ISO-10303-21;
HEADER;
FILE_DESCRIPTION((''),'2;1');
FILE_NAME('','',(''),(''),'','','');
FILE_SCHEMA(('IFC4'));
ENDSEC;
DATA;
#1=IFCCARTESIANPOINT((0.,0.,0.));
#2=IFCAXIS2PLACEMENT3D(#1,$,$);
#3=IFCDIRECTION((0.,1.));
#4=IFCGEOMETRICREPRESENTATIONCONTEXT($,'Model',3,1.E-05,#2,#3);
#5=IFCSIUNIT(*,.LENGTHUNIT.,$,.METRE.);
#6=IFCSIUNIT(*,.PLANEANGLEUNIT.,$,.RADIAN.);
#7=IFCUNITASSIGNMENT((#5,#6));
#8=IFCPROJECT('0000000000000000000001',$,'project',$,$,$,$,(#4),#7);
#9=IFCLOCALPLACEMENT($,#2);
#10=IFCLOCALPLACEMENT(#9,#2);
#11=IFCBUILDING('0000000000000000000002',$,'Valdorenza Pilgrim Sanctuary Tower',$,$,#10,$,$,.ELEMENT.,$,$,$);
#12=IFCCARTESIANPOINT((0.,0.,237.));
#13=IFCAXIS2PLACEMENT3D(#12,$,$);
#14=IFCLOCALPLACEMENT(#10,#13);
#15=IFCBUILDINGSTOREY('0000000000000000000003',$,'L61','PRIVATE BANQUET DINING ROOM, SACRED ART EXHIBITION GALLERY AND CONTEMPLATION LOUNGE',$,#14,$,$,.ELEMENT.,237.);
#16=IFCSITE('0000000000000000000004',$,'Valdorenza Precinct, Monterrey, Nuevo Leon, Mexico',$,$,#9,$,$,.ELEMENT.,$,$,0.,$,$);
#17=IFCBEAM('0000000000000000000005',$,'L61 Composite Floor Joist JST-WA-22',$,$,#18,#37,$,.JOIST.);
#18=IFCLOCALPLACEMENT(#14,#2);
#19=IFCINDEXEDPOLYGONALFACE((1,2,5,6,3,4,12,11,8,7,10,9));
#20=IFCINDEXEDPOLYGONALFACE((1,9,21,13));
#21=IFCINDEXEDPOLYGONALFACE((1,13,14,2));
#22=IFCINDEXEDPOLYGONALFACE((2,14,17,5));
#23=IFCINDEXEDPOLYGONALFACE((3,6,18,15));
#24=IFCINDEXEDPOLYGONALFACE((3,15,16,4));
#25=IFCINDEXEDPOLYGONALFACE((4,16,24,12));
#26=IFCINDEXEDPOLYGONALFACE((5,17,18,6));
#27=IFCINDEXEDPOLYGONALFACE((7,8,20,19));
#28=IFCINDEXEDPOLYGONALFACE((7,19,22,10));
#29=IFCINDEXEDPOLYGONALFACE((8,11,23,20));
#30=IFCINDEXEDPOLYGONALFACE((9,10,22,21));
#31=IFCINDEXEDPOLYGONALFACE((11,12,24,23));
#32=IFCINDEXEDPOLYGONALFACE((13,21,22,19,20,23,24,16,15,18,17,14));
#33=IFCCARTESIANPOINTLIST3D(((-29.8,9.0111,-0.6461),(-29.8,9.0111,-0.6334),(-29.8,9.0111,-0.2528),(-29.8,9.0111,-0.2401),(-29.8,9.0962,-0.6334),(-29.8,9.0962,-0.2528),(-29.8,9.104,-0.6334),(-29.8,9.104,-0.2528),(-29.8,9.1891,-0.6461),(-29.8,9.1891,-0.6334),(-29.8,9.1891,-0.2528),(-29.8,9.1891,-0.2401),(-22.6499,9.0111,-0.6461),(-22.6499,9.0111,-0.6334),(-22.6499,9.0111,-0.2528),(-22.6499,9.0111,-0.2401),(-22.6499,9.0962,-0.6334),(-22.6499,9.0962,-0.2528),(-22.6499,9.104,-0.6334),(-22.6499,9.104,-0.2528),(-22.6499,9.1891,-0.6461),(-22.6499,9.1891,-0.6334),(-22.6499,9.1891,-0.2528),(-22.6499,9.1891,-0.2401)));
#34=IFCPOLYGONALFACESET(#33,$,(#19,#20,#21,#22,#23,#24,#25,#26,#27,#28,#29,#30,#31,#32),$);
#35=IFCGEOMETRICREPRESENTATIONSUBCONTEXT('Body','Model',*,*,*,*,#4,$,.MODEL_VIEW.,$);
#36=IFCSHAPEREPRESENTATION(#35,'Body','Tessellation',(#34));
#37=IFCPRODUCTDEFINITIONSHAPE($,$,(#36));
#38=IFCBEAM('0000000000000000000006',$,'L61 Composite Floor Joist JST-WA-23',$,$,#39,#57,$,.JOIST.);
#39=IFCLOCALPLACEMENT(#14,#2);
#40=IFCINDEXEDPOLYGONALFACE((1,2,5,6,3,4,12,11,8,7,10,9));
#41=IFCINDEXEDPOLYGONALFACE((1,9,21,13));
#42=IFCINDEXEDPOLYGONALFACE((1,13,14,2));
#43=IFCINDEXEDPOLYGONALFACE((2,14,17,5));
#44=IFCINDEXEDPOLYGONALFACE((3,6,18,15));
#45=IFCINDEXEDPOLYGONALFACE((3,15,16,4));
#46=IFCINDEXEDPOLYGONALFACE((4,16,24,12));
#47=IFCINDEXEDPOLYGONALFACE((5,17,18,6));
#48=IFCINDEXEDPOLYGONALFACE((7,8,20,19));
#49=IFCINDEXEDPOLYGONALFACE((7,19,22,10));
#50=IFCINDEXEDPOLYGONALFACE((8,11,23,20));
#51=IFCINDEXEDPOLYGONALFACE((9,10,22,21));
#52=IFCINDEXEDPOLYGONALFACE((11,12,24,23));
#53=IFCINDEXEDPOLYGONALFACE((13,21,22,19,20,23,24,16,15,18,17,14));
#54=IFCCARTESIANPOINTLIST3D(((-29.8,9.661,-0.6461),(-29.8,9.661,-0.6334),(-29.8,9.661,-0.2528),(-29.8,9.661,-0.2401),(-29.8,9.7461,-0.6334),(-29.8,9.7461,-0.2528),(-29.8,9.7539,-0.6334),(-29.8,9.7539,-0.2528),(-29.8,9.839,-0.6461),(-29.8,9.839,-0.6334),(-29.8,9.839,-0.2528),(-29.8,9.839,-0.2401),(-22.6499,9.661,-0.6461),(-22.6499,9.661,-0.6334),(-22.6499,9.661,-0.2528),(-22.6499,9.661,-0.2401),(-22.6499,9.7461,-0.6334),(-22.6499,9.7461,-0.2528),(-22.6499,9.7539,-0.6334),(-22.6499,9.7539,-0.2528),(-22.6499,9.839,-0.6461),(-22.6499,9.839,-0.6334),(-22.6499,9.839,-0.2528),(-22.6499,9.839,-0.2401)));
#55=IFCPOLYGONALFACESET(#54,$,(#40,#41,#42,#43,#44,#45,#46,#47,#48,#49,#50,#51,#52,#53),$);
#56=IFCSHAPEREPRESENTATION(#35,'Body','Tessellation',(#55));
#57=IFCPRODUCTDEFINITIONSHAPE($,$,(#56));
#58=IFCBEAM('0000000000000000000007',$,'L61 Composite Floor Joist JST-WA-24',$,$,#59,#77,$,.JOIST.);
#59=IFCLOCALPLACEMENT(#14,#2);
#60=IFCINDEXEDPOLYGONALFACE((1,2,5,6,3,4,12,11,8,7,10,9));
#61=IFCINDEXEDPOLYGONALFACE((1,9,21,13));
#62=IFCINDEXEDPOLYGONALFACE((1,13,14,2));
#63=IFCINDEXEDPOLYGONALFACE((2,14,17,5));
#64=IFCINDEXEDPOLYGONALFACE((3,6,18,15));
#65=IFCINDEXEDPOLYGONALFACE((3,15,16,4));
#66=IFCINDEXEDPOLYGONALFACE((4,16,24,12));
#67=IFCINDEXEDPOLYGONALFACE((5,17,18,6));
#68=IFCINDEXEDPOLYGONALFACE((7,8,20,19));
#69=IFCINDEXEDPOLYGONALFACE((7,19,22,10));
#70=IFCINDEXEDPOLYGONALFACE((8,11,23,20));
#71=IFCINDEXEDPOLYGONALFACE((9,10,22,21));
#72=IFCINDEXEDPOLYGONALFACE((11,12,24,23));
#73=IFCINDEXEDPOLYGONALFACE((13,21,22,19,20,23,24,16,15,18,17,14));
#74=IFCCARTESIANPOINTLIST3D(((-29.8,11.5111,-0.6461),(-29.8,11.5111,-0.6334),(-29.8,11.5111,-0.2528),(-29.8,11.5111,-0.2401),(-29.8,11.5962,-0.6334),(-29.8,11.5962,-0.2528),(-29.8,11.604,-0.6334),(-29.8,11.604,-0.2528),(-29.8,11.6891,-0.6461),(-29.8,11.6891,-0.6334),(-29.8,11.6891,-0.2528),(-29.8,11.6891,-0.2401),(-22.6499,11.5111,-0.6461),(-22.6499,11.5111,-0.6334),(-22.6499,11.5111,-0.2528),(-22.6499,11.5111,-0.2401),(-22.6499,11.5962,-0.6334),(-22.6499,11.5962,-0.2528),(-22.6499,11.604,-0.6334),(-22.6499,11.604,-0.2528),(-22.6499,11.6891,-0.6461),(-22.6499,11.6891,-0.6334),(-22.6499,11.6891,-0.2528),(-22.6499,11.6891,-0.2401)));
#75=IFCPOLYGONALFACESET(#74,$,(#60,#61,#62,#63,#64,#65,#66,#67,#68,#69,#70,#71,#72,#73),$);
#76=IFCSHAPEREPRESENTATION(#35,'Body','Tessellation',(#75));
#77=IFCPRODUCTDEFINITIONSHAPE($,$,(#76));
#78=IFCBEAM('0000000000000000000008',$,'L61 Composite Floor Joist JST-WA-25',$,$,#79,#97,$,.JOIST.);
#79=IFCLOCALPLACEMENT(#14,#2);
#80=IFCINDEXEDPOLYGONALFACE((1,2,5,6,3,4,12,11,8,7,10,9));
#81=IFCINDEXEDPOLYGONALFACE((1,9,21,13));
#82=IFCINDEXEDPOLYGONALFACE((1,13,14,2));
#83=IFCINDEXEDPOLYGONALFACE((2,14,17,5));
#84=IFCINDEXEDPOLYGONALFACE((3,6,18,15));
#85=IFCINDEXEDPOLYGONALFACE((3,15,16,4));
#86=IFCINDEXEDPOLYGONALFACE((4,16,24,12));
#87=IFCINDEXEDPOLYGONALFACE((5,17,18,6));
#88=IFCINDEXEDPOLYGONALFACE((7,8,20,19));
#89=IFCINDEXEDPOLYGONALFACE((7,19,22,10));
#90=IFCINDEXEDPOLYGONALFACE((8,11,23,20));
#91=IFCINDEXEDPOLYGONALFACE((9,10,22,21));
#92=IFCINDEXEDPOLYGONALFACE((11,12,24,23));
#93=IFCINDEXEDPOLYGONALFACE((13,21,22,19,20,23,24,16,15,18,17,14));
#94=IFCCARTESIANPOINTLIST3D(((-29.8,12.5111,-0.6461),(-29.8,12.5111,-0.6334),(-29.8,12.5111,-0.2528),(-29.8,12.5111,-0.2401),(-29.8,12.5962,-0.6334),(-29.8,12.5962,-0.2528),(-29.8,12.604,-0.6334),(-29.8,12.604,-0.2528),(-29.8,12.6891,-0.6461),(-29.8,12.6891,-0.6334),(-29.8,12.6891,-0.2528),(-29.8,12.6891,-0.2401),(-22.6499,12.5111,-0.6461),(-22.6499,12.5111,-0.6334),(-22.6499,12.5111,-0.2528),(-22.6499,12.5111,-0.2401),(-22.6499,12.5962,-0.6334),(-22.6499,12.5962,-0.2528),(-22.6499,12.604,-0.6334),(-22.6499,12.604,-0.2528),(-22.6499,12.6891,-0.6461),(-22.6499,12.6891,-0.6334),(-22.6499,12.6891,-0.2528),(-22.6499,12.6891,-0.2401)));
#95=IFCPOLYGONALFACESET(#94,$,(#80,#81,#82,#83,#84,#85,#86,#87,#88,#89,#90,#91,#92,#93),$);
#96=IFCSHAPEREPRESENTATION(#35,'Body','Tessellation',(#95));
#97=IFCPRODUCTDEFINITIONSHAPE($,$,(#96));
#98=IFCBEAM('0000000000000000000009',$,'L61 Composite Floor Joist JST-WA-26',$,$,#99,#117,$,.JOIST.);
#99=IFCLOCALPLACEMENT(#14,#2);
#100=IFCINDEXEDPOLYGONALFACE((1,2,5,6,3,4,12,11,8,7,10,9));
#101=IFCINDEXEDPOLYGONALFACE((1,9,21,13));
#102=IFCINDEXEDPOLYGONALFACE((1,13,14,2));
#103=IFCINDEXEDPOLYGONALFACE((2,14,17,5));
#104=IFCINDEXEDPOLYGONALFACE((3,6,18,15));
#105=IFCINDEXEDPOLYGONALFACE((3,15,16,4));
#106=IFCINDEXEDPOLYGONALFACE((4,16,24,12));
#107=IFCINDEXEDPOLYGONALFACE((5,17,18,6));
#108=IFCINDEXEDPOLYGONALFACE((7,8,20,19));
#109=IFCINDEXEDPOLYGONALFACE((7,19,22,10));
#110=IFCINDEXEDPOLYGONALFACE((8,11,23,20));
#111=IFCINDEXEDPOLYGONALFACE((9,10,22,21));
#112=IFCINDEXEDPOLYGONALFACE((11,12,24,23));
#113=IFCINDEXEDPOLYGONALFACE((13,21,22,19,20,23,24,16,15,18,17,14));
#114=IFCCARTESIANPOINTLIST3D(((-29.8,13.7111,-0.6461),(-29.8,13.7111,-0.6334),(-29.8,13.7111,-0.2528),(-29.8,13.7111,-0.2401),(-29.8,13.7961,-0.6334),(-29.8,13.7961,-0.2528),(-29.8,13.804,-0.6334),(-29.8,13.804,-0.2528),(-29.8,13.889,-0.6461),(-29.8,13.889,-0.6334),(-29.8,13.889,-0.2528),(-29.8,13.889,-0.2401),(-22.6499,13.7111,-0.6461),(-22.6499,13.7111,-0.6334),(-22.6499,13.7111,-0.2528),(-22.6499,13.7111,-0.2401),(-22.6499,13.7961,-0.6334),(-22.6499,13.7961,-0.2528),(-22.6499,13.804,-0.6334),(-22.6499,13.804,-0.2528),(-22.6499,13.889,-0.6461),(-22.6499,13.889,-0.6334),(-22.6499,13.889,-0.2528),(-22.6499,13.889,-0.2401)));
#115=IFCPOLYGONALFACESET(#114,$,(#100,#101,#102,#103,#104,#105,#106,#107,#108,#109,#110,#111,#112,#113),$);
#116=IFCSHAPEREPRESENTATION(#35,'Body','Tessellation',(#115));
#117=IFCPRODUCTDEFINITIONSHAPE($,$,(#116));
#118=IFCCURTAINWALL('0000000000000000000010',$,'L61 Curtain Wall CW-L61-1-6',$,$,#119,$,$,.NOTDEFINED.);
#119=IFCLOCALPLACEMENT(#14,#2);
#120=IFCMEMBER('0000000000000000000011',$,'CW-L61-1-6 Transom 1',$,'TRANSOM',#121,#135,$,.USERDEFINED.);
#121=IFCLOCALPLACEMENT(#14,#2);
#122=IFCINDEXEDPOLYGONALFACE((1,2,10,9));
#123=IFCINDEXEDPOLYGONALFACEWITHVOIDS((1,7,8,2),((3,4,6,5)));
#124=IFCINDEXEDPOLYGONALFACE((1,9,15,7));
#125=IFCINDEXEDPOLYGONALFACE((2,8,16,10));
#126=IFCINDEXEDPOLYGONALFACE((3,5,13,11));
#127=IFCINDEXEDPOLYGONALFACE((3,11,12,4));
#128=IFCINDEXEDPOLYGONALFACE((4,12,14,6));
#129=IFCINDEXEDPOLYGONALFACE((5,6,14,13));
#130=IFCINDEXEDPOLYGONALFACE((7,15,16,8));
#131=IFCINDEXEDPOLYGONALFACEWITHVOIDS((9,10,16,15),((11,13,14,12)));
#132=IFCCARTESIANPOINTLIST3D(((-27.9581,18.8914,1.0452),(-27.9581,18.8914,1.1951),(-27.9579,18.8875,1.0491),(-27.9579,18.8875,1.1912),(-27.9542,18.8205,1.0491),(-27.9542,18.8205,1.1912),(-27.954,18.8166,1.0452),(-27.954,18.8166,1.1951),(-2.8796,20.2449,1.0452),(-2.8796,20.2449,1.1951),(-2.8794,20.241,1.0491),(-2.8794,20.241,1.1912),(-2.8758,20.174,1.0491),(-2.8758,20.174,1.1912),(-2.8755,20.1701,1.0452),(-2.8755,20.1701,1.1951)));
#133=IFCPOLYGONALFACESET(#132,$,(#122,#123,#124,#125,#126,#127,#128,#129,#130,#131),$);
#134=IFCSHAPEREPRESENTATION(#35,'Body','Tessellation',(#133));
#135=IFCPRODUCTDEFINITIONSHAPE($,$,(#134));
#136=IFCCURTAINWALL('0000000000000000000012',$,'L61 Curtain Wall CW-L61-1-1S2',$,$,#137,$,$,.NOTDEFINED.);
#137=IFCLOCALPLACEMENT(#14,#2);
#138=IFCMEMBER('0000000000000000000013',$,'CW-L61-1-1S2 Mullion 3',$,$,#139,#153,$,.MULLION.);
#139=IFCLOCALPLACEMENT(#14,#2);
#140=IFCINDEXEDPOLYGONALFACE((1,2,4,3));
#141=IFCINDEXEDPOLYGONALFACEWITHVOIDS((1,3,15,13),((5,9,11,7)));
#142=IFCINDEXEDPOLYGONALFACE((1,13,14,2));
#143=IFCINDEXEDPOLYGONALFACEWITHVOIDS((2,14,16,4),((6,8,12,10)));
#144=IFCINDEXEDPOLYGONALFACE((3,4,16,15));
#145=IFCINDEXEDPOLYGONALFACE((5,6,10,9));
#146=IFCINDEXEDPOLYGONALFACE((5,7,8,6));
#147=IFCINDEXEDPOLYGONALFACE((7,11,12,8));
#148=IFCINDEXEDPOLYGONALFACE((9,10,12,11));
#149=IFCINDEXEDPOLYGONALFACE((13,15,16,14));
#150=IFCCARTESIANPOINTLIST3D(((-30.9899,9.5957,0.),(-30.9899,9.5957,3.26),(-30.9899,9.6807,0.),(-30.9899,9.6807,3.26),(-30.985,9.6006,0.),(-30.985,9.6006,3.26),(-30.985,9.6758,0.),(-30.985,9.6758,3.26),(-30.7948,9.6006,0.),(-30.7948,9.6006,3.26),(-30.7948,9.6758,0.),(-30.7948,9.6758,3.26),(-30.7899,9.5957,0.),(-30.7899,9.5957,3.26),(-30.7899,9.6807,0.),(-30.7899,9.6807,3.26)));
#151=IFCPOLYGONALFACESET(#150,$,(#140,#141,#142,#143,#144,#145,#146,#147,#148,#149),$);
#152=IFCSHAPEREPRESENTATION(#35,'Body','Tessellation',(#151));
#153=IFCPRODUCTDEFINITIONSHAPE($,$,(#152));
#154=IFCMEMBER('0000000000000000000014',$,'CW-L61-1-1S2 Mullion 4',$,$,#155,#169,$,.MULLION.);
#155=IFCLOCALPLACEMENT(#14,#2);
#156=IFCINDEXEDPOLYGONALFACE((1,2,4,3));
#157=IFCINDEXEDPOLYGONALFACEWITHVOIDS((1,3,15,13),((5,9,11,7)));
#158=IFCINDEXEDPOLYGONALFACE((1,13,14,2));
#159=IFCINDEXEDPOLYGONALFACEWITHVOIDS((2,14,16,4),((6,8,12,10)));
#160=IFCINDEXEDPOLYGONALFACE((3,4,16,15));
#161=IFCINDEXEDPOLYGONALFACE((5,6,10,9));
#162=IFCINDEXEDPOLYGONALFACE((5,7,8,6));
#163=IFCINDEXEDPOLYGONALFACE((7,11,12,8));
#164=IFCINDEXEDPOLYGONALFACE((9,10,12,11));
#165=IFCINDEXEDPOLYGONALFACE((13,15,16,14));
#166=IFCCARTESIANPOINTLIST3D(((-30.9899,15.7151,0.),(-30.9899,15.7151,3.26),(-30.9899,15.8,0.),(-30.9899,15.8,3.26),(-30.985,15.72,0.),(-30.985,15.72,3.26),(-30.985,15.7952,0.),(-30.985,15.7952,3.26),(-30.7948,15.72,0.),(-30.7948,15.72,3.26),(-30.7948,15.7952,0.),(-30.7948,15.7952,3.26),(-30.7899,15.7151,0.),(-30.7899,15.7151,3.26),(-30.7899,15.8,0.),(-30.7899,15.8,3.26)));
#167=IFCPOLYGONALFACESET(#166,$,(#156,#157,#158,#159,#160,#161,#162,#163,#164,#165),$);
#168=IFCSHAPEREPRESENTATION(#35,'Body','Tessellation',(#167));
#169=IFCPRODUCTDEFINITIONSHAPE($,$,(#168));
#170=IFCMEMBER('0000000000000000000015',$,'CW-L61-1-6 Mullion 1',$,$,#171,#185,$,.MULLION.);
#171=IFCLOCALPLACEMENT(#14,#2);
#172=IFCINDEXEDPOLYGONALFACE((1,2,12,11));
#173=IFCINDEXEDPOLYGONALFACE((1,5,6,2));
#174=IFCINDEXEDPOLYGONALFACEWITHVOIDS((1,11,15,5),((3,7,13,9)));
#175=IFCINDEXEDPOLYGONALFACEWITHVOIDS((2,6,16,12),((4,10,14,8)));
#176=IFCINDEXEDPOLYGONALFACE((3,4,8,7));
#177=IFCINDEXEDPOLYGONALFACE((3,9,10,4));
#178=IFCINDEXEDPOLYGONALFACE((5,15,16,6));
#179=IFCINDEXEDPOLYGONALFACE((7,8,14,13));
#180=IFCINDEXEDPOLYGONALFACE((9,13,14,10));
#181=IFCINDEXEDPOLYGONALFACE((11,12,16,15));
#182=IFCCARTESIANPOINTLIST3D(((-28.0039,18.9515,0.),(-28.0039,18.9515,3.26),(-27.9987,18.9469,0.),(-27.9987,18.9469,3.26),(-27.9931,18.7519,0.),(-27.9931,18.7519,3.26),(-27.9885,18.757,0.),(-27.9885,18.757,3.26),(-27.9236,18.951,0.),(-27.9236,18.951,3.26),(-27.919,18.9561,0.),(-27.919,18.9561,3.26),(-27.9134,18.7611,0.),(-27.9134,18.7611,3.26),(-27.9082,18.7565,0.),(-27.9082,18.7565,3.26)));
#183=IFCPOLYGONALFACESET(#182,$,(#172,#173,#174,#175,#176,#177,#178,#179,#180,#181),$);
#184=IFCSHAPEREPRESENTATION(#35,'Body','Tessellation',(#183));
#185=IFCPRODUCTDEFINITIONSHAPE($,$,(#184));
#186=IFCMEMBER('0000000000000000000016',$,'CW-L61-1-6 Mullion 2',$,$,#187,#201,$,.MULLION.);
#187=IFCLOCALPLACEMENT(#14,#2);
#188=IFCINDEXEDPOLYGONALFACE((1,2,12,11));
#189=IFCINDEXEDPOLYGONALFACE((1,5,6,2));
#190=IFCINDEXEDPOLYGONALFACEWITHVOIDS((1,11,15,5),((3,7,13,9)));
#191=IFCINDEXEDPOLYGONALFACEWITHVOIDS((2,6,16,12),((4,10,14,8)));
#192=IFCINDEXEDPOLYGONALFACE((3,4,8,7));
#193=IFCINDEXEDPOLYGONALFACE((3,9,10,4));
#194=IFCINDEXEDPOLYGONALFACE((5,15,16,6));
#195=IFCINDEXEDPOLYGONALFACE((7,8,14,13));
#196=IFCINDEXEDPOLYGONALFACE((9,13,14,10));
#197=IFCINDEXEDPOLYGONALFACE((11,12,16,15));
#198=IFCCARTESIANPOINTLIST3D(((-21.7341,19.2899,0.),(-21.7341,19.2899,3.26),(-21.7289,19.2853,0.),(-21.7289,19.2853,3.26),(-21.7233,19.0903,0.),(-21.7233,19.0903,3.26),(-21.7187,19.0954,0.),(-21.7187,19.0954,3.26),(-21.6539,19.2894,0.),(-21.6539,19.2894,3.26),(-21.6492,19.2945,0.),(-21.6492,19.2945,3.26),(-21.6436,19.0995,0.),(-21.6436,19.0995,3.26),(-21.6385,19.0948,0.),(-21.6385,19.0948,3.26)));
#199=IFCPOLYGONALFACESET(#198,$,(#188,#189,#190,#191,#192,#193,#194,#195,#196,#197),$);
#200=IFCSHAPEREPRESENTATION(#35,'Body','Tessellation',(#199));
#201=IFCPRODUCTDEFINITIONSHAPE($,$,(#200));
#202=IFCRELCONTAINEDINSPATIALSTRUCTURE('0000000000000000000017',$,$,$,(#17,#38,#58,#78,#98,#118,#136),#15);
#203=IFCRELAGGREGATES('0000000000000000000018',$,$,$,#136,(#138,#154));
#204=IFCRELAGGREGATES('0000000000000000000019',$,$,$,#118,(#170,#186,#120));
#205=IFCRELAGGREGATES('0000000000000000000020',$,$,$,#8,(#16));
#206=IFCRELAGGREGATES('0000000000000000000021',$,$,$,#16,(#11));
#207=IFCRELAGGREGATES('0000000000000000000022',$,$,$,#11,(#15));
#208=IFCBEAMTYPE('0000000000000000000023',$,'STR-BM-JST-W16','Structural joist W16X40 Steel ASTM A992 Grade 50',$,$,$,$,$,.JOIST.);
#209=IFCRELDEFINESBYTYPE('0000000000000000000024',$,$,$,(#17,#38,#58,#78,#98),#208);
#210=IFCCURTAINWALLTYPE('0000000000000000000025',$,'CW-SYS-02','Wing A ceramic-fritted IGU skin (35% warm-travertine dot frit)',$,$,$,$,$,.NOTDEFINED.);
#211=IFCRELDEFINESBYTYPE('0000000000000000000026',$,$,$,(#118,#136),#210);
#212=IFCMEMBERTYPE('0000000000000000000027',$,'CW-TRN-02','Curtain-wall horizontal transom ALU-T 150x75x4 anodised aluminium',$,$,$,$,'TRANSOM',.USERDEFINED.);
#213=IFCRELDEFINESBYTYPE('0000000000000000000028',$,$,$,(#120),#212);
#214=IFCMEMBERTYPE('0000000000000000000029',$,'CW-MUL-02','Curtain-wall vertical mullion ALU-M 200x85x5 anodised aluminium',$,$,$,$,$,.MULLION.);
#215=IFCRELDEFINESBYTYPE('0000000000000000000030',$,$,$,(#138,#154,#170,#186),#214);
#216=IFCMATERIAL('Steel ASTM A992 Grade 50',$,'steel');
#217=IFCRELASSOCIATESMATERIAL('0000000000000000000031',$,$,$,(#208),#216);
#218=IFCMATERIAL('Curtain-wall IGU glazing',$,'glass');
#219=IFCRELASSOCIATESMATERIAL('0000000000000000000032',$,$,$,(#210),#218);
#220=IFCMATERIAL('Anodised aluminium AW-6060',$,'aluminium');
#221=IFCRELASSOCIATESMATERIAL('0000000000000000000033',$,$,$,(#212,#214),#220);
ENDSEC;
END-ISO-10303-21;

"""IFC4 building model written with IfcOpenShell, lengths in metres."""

from ifc_helpers import new_model, si_unit, direction, frame, origin, origin_2d, place, context, subcontext, project, spatial, hollow_rectangle, i_section, extrude, source, transform, mapped, material, material_profile, profile_set, type_object, element, aggregate, save


model = new_model("IFC4")

# Units and contexts
model_context = context("Model", 3, precision=1e-05, world=origin(), true_north=direction((0.0, 1.0)))
body_context = subcontext(model_context, "Body", "Model", "MODEL_VIEW")
ifc_project = project(units=[si_unit("LENGTHUNIT", "METRE"), si_unit("PLANEANGLEUNIT", "RADIAN")], contexts=[model_context])

# Site, building, storey
site_placement = place(None, origin())
site = spatial("IfcSite", under=ifc_project, at=site_placement, Name="Valdorenza Precinct, Monterrey, Nuevo Leon, Mexico", CompositionType="ELEMENT", RefElevation=0.0)
building_placement = place(site_placement, origin())
building = spatial("IfcBuilding", under=site, at=building_placement, Name="Valdorenza Pilgrim Sanctuary Tower", CompositionType="ELEMENT")
storey_placement = place(building_placement, frame((0.0, 0.0, 237.0)))
storey = spatial("IfcBuildingStorey", under=building, at=storey_placement, Name="L61", Description="PRIVATE BANQUET DINING ROOM, SACRED ART EXHIBITION GALLERY AND CONTEMPLATION LOUNGE", CompositionType="ELEMENT", Elevation=237.0)

# Beams
ifc_material_1 = material(Name="Steel ASTM A992 Grade 50", Category="steel")
ifc_material_profile_1 = material_profile(ifc_material_1, i_section(OverallWidth=0.178, OverallDepth=0.406, WebThickness=0.0078, FlangeThickness=0.0127, at=origin_2d()), Name="W16X40")
ifc_profile_set_1 = profile_set([ifc_material_profile_1], Name="Steel ASTM A992 Grade 50")
beam_type_1 = type_object("IfcBeamType", Name="STR-BM-JST-W16", Description="Structural joist W16X40 Steel ASTM A992 Grade 50", PredefinedType="JOIST", material=ifc_profile_set_1)
shared_shape_1 = source(origin(), body_context, "Body", "SweptSolid", [
    extrude(i_section(OverallWidth=0.178, OverallDepth=0.406, WebThickness=0.0078, FlangeThickness=0.0127, at=origin_2d()), origin(), (0.0, 0.0, 1.0), 7.1501),
])
for number, where, z_axis, x_axis, name in (
    (1, (-29.8, 9.1001, -0.4431), (1.0, 0.0, 0.0), (0.0, 1.0, 0.0), "L61 Composite Floor Joist JST-WA-22"),
    (2, (-29.8, 9.75, -0.4431), (1.0, 0.0, 0.0), (0.0, 1.0, 0.0), "L61 Composite Floor Joist JST-WA-23"),
    (3, (-29.8, 11.6001, -0.4431), (1.0, 0.0, 0.0), (0.0, 1.0, 0.0), "L61 Composite Floor Joist JST-WA-24"),
    (4, (-29.8, 12.6001, -0.4431), (1.0, 0.0, 0.0), (0.0, 1.0, 0.0), "L61 Composite Floor Joist JST-WA-25"),
    (5, (-29.8, 13.8, -0.4431), (1.0, 0.0, 0.0), (0.0, 1.0, 0.0), "L61 Composite Floor Joist JST-WA-26"),
):
    element("IfcBeam", number, at=place(storey_placement, frame(where, z_axis=z_axis, x_axis=x_axis)), inside=storey, type_object=beam_type_1, Name=name, PredefinedType="JOIST", context=body_context, shape_type="MappedRepresentation", body=[
        mapped(shared_shape_1, transform((0.0, 0.0, 0.0), x_axis=(1.0, 0.0, 0.0), y_axis=(0.0, 1.0, 0.0), z_axis=(0.0, 0.0, 1.0), scale=1.0)),
    ])

# Curtain wall, member
ifc_material_2 = material(Name="Curtain-wall IGU glazing", Category="glass")
curtain_wall_type = type_object("IfcCurtainWallType", Name="CW-SYS-02", Description="Wing A ceramic-fritted IGU skin (35% warm-travertine dot frit)", PredefinedType="NOTDEFINED", material=ifc_material_2)
curtain_wall_1_placement = place(storey_placement, origin())
curtain_wall_1 = element("IfcCurtainWall", 6, at=curtain_wall_1_placement, inside=storey, type_object=curtain_wall_type, Name="L61 Curtain Wall CW-L61-1-6", PredefinedType="NOTDEFINED")
ifc_material_3 = material(Name="Anodised aluminium AW-6060", Category="aluminium")
ifc_material_profile_2 = material_profile(ifc_material_3, hollow_rectangle(XDim=0.075, YDim=0.1499, WallThickness=0.0039, at=origin_2d()), Name="ALU-T 150x75x4")
ifc_profile_set_2 = profile_set([ifc_material_profile_2], Name="Anodised aluminium AW-6060")
member_type_1 = type_object("IfcMemberType", Name="CW-TRN-02", Description="Curtain-wall horizontal transom ALU-T 150x75x4 anodised aluminium", ElementType="TRANSOM", PredefinedType="USERDEFINED", material=ifc_profile_set_2)
shared_shape_2 = source(origin(), body_context, "Body", "SweptSolid", [
    extrude(hollow_rectangle(XDim=0.075, YDim=0.1499, WallThickness=0.0039, at=origin_2d()), origin(), (0.0, 0.0, 1.0), 25.115),
])
member_1_placement = place(storey_placement, frame((-27.9561, 18.854, 1.1201), z_axis=(0.998547, 0.053893, 0.0), x_axis=(-0.053893, 0.998547, 0.0)))
member_1 = element("IfcMember", 7, at=member_1_placement, type_object=member_type_1, Name="CW-L61-1-6 Transom 1", ObjectType="TRANSOM", PredefinedType="USERDEFINED", context=body_context, shape_type="MappedRepresentation", body=[
    mapped(shared_shape_2, transform((0.0, 0.0, 0.0), x_axis=(1.0, 0.0, 0.0), y_axis=(0.0, 1.0, 0.0), z_axis=(0.0, 0.0, 1.0), scale=1.0)),
])

# Curtain wall, members
curtain_wall_2_placement = place(storey_placement, origin())
curtain_wall_2 = element("IfcCurtainWall", 8, at=curtain_wall_2_placement, inside=storey, type_object=curtain_wall_type, Name="L61 Curtain Wall CW-L61-1-1S2", PredefinedType="NOTDEFINED")
ifc_material_profile_3 = material_profile(ifc_material_3, hollow_rectangle(XDim=0.085, YDim=0.2, WallThickness=0.0049, at=origin_2d()), Name="ALU-M 200x85x5")
ifc_profile_set_3 = profile_set([ifc_material_profile_3], Name="Anodised aluminium AW-6060")
member_type_2 = type_object("IfcMemberType", Name="CW-MUL-02", Description="Curtain-wall vertical mullion ALU-M 200x85x5 anodised aluminium", PredefinedType="MULLION", material=ifc_profile_set_3)
shared_shape_3 = source(origin(), body_context, "Body", "SweptSolid", [
    extrude(hollow_rectangle(XDim=0.085, YDim=0.2, WallThickness=0.0049, at=origin_2d()), origin(), (0.0, 0.0, 1.0), 3.26),
])
member_2_placement = place(storey_placement, frame((-30.8899, 9.6382, 0.0), z_axis=(0.0, 0.0, 1.0), x_axis=(0.0, 1.0, 0.0)))
member_2 = element("IfcMember", 9, at=member_2_placement, type_object=member_type_2, Name="CW-L61-1-1S2 Mullion 3", PredefinedType="MULLION", context=body_context, shape_type="MappedRepresentation", body=[
    mapped(shared_shape_3, transform((0.0, 0.0, 0.0), x_axis=(1.0, 0.0, 0.0), y_axis=(0.0, 1.0, 0.0), z_axis=(0.0, 0.0, 1.0), scale=1.0)),
])
member_3_placement = place(storey_placement, frame((-30.8899, 15.7576, 0.0), z_axis=(0.0, 0.0, 1.0), x_axis=(0.0, 1.0, 0.0)))
member_3 = element("IfcMember", 10, at=member_3_placement, type_object=member_type_2, Name="CW-L61-1-1S2 Mullion 4", PredefinedType="MULLION", context=body_context, shape_type="MappedRepresentation", body=[
    mapped(shared_shape_3, transform((0.0, 0.0, 0.0), x_axis=(1.0, 0.0, 0.0), y_axis=(0.0, 1.0, 0.0), z_axis=(0.0, 0.0, 1.0), scale=1.0)),
])

# Members
member_4_placement = place(storey_placement, frame((-27.9561, 18.854, 0.0), z_axis=(0.0, 0.0, 1.0), x_axis=(0.998547, 0.053887, 0.0)))
member_4 = element("IfcMember", 11, at=member_4_placement, type_object=member_type_2, Name="CW-L61-1-6 Mullion 1", PredefinedType="MULLION", context=body_context, shape_type="MappedRepresentation", body=[
    mapped(shared_shape_3, transform((0.0, 0.0, 0.0), x_axis=(1.0, 0.0, 0.0), y_axis=(0.0, 1.0, 0.0), z_axis=(0.0, 0.0, 1.0), scale=1.0)),
])
member_5_placement = place(storey_placement, frame((-21.6863, 19.1924, 0.0), z_axis=(0.0, 0.0, 1.0), x_axis=(0.998547, 0.053887, 0.0)))
member_5 = element("IfcMember", 12, at=member_5_placement, type_object=member_type_2, Name="CW-L61-1-6 Mullion 2", PredefinedType="MULLION", context=body_context, shape_type="MappedRepresentation", body=[
    mapped(shared_shape_3, transform((0.0, 0.0, 0.0), x_axis=(1.0, 0.0, 0.0), y_axis=(0.0, 1.0, 0.0), z_axis=(0.0, 0.0, 1.0), scale=1.0)),
])

aggregate(curtain_wall_2, [member_2, member_3])
aggregate(curtain_wall_1, [member_4, member_5, member_1])

save(model, "model.ifc")
